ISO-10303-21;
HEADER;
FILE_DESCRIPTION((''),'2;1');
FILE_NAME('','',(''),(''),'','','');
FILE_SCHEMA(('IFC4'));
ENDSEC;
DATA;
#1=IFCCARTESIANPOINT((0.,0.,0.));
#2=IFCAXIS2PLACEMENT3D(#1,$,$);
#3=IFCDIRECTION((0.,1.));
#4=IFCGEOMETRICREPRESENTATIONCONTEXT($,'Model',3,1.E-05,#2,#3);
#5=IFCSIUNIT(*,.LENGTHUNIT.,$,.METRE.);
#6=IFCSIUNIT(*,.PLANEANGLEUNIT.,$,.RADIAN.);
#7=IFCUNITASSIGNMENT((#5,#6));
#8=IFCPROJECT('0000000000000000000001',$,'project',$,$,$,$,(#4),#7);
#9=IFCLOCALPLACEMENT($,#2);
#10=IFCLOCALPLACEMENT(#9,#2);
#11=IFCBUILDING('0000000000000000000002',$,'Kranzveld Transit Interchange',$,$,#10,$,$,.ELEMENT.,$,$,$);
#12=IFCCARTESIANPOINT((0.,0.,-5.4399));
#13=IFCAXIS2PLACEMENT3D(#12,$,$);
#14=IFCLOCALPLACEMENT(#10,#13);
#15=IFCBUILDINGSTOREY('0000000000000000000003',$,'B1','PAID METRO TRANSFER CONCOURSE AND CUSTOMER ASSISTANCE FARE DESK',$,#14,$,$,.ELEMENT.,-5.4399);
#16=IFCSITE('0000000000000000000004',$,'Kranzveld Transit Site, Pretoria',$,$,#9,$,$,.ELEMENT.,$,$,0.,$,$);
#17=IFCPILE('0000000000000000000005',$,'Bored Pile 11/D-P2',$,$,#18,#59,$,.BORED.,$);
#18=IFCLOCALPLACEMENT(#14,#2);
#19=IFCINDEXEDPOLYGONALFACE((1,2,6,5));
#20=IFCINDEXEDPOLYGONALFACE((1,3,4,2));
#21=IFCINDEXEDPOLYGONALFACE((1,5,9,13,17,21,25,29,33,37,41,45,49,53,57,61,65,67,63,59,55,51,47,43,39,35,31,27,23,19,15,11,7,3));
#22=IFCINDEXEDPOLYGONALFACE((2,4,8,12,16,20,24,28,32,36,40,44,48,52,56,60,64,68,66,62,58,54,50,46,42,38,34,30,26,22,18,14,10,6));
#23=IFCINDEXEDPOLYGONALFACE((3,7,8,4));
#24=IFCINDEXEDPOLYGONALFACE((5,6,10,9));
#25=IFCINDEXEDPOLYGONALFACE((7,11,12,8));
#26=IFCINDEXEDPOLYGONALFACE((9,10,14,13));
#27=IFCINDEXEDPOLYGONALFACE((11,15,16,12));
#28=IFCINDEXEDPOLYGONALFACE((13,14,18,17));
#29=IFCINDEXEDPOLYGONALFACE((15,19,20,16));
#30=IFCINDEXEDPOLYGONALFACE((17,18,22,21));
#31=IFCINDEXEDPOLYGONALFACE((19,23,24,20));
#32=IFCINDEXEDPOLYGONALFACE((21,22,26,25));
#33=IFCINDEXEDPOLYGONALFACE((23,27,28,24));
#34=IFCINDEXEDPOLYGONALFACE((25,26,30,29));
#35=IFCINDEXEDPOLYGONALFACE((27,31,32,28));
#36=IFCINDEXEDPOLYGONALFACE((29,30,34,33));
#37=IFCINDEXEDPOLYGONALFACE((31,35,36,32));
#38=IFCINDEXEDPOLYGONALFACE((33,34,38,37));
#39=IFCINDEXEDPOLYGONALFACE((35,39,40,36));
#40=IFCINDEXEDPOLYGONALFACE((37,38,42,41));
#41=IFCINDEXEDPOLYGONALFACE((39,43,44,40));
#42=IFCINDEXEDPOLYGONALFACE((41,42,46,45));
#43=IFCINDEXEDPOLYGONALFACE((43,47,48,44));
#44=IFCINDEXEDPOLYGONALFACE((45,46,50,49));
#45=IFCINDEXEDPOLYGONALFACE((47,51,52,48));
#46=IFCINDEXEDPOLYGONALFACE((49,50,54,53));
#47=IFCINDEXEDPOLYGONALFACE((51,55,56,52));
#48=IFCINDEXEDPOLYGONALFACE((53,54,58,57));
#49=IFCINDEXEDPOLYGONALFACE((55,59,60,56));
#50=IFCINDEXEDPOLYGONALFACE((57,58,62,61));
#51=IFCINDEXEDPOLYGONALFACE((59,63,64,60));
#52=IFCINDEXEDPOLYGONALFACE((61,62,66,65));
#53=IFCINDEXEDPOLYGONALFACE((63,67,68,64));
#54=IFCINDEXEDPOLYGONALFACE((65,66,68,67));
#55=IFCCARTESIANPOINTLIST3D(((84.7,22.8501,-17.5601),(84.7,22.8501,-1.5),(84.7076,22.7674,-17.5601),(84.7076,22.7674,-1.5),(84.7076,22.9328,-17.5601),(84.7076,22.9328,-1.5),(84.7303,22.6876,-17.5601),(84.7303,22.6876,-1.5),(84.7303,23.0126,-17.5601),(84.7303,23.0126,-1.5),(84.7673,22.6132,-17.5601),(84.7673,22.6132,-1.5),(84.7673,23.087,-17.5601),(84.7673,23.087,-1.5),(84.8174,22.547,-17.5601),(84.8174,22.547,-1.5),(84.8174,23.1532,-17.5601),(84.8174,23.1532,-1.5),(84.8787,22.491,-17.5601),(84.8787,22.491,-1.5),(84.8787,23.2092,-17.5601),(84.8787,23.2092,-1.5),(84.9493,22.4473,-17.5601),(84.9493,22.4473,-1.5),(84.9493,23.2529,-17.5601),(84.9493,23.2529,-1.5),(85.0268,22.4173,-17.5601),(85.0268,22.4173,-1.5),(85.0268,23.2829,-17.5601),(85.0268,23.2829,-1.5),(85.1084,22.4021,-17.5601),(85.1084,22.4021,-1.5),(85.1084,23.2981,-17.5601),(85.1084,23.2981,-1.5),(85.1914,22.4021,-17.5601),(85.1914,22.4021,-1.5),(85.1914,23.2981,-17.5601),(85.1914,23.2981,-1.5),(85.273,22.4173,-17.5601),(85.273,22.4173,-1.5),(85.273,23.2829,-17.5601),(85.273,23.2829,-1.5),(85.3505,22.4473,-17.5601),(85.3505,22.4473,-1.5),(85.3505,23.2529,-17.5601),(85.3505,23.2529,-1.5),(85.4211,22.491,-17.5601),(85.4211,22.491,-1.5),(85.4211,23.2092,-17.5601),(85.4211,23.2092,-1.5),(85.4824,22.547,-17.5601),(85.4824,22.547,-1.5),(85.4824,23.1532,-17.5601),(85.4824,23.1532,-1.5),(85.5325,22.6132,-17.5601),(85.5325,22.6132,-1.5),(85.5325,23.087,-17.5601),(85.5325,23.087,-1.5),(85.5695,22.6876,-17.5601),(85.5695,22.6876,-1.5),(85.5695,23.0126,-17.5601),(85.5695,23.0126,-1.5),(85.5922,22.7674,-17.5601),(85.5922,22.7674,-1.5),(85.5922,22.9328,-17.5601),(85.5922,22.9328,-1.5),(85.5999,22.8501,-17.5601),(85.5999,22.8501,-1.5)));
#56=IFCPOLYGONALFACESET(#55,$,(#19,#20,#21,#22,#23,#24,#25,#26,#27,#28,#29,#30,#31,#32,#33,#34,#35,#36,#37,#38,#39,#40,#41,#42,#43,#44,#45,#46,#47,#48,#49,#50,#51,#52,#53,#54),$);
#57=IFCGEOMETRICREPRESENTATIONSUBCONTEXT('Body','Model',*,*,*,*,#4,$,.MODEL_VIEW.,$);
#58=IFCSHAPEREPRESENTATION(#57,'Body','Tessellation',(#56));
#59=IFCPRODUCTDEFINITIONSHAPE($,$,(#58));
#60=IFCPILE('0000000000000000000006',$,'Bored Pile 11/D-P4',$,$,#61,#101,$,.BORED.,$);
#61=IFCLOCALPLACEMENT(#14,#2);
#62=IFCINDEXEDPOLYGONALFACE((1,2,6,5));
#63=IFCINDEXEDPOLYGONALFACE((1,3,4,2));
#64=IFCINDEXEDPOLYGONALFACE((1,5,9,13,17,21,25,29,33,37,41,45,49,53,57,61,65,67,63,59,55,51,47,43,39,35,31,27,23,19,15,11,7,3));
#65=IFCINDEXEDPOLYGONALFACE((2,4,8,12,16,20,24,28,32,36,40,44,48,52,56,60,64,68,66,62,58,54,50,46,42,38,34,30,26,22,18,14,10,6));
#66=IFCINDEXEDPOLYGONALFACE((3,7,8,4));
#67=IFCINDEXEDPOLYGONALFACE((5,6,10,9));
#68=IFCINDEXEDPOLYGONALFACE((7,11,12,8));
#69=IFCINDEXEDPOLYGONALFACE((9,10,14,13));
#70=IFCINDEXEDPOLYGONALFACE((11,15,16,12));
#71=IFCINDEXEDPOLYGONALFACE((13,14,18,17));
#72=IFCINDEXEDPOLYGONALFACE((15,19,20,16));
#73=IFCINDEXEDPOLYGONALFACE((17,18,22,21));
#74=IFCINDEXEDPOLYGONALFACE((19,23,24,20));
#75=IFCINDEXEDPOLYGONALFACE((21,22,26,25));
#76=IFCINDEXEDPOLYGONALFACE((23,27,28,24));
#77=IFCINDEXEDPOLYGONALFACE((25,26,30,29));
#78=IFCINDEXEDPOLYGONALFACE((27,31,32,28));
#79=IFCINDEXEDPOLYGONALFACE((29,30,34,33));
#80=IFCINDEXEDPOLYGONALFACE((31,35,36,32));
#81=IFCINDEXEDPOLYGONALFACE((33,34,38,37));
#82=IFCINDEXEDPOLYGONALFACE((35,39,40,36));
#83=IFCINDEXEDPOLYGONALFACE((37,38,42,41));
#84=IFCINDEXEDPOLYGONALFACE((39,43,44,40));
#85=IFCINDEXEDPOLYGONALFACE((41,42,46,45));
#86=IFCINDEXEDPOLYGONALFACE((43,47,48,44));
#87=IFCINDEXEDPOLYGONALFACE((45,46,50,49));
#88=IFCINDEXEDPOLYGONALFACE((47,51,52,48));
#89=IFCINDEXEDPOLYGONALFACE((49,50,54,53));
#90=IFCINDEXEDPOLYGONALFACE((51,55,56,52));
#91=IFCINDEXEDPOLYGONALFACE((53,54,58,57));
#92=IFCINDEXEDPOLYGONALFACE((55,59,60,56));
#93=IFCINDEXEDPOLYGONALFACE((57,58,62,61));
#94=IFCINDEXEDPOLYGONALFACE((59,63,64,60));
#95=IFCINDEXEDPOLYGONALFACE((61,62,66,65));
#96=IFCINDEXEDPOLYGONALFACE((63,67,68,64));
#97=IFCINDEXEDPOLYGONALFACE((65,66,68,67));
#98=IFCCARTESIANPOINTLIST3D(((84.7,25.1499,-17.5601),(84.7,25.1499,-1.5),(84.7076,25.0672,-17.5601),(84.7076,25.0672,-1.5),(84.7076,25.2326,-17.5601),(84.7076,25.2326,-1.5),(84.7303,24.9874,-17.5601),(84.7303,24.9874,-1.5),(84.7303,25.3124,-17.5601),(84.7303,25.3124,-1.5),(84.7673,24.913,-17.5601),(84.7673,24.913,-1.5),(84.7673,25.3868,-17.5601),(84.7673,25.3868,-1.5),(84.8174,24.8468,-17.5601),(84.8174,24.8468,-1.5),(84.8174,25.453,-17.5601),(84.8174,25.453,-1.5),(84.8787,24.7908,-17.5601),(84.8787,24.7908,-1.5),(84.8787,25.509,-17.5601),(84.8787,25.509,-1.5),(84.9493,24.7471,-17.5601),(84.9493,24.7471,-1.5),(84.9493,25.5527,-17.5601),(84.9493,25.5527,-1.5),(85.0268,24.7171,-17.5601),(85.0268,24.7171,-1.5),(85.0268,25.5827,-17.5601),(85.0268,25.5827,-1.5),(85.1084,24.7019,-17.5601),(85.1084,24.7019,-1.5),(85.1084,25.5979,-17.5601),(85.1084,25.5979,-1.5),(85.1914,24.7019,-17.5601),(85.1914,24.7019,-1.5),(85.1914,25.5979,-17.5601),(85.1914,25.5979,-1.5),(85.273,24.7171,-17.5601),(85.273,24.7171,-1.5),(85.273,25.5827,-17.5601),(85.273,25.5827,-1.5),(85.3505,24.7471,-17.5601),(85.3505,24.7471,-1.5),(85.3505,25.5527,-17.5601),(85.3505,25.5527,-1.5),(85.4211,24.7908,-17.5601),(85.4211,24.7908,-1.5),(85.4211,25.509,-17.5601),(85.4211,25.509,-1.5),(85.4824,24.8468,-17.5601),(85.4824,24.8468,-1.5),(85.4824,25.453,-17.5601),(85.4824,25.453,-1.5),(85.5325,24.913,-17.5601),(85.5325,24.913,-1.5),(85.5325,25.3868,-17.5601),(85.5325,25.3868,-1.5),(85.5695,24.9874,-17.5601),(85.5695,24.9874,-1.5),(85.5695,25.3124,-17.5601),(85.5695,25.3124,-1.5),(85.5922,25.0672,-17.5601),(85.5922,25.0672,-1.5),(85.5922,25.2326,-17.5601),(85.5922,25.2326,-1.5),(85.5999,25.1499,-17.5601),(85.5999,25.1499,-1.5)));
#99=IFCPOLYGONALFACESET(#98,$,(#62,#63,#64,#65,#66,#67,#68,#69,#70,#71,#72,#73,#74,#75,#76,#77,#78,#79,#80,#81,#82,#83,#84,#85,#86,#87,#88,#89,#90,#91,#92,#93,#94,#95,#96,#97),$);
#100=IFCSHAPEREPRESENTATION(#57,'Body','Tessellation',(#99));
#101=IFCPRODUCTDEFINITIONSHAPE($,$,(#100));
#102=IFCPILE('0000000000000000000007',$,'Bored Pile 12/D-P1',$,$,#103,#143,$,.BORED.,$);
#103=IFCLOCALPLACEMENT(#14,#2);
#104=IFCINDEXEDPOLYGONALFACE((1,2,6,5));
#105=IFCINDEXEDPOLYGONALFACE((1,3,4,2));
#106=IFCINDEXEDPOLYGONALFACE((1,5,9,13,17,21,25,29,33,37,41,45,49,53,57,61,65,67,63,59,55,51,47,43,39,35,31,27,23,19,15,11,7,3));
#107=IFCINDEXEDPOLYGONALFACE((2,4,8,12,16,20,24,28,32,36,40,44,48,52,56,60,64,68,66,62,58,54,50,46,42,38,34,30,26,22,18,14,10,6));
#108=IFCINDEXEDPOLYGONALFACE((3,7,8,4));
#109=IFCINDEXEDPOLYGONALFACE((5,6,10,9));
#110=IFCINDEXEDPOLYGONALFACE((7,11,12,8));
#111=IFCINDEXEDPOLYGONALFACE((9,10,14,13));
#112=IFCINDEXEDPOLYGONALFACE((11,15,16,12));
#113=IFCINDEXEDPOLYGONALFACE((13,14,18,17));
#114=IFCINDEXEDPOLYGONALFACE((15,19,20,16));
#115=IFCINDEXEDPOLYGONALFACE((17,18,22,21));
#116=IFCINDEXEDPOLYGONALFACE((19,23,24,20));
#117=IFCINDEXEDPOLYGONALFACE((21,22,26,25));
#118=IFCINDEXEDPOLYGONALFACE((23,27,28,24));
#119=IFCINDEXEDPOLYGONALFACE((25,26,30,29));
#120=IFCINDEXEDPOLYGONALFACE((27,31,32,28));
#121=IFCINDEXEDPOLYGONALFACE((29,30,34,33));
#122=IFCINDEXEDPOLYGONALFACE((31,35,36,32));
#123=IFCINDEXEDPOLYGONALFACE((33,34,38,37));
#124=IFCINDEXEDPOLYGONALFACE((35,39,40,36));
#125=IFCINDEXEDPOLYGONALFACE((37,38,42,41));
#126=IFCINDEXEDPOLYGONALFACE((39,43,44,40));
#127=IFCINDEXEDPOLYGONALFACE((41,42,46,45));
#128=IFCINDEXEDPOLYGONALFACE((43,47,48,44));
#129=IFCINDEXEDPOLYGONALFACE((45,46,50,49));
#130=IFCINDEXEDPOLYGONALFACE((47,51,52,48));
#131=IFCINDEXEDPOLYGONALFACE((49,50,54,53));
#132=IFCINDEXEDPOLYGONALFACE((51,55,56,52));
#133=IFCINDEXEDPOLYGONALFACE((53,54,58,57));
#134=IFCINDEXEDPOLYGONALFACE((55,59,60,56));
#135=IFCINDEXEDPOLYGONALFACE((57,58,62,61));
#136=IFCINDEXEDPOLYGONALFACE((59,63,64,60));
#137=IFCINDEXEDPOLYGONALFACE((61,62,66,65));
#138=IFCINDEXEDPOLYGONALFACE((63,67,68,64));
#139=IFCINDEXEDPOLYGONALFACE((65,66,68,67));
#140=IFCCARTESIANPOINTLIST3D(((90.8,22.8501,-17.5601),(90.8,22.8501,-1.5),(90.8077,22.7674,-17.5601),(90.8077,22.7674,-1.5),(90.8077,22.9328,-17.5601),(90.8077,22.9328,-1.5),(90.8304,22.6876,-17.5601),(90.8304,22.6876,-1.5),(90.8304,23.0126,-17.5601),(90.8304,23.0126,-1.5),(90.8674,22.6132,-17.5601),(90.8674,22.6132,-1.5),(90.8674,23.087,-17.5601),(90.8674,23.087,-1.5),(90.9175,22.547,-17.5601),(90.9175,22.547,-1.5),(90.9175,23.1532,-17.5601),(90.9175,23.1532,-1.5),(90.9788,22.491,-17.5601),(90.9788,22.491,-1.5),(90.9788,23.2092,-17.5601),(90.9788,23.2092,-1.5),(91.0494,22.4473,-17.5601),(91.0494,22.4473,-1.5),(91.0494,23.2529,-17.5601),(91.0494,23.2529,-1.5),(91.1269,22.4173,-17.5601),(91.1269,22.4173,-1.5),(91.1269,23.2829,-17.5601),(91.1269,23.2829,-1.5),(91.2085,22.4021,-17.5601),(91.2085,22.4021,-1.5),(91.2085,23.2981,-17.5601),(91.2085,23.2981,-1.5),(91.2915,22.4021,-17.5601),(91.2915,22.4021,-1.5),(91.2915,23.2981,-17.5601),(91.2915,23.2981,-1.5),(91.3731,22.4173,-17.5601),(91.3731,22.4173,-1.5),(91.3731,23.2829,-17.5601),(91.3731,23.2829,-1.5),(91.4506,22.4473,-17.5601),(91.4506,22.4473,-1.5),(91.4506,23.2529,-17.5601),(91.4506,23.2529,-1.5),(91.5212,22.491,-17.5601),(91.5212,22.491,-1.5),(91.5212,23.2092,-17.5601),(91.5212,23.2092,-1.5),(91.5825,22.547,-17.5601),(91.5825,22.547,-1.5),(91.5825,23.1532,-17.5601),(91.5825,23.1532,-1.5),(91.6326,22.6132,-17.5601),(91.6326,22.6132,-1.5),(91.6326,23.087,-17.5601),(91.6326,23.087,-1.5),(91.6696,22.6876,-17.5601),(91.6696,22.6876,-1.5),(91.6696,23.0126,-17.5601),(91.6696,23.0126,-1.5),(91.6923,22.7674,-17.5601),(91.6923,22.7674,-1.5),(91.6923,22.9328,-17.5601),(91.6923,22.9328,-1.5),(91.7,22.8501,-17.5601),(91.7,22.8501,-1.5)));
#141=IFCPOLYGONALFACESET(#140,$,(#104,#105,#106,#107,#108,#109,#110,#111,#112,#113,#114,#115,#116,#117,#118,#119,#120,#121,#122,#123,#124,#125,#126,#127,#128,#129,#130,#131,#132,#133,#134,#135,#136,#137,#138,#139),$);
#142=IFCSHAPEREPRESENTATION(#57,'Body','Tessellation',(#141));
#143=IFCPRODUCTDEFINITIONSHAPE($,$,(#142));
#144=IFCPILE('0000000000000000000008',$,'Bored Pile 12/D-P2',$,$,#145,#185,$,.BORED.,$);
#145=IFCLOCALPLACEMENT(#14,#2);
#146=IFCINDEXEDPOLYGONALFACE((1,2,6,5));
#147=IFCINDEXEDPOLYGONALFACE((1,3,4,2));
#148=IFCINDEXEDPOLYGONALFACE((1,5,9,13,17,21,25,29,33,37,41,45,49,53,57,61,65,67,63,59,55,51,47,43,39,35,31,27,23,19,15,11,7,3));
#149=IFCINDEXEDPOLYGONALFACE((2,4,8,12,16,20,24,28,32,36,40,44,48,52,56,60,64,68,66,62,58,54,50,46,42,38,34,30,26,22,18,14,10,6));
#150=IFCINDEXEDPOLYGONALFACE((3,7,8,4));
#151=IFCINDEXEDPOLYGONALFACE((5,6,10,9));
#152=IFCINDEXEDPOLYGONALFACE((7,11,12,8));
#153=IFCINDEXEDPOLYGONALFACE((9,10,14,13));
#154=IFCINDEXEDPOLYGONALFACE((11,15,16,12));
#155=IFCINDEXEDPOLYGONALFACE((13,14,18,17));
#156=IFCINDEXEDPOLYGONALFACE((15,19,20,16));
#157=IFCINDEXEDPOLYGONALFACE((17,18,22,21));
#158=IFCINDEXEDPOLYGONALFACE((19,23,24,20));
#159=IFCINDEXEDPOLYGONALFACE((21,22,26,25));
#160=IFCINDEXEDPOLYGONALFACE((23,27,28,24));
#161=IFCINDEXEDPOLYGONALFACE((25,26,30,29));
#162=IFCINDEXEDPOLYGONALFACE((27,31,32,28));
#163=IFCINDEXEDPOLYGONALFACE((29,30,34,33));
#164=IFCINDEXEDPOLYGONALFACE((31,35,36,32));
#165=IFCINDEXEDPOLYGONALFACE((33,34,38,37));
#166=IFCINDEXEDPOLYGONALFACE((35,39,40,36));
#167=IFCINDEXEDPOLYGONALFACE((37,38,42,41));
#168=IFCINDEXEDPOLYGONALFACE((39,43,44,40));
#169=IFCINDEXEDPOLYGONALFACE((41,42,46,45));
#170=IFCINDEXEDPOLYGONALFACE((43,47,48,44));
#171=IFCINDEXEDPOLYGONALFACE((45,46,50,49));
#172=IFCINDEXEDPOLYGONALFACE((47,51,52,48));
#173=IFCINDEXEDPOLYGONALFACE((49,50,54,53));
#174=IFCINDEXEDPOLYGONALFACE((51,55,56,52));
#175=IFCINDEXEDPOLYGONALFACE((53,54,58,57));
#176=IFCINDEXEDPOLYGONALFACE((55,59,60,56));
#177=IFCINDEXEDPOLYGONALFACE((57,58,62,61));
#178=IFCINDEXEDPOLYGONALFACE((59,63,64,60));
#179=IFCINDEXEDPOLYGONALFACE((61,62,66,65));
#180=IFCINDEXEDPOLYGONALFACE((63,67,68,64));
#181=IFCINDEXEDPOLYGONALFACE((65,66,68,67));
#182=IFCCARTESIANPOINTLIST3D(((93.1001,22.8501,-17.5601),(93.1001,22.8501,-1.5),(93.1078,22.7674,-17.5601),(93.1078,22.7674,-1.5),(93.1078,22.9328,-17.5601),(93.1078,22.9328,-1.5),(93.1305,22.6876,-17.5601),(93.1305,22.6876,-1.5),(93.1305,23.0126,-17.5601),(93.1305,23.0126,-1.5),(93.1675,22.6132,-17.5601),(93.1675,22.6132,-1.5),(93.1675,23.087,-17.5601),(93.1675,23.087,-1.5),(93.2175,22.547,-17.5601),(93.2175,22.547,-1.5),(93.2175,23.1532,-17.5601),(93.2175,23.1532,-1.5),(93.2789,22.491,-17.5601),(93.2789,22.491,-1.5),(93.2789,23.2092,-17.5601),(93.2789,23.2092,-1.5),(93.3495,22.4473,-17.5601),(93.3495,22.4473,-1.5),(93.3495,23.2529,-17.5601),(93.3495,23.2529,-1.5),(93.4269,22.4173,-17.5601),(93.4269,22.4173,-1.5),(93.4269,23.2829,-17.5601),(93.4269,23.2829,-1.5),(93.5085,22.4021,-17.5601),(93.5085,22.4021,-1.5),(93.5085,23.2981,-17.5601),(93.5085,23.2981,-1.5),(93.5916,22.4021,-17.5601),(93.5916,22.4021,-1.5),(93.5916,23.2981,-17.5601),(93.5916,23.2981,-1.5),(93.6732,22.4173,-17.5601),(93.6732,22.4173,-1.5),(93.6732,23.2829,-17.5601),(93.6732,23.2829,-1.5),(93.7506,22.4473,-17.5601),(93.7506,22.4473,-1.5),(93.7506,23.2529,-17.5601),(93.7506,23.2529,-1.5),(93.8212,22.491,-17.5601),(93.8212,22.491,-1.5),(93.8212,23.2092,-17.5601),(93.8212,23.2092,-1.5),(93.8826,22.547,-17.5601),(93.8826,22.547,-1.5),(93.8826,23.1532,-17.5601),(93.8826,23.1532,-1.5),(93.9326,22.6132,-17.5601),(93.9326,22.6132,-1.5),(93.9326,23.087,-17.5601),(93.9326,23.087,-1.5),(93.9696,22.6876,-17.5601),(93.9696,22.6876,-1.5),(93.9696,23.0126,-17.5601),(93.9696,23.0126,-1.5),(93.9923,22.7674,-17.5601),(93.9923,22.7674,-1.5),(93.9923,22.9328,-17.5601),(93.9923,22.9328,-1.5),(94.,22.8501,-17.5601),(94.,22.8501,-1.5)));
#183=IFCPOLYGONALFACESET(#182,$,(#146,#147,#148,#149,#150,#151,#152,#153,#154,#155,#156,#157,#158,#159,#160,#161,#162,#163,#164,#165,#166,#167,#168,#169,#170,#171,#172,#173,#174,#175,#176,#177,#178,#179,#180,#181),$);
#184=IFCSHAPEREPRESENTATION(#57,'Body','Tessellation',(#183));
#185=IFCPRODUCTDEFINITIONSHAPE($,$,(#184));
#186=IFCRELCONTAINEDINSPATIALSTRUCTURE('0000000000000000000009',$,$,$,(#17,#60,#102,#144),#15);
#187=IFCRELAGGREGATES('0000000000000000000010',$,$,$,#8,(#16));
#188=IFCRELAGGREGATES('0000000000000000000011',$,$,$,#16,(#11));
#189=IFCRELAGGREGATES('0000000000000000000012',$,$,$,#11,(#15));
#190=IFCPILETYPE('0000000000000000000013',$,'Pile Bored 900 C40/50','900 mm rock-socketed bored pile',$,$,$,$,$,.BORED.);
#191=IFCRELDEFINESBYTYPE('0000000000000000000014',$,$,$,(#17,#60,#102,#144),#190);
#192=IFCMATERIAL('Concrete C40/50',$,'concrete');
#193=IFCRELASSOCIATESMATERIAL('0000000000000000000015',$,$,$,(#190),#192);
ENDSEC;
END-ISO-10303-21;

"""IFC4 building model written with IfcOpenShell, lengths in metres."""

from ifc_helpers import new_model, si_unit, direction, frame, origin, origin_2d, place, context, subcontext, project, spatial, circle, extrude, material, material_profile, profile_set, type_object, element, save


model = new_model("IFC4")

# Units and contexts
model_context = context("Model", 3, precision=1e-05, world=origin(), true_north=direction((0.0, 1.0)))
body_context = subcontext(model_context, "Body", "Model", "MODEL_VIEW")
ifc_project = project(units=[si_unit("LENGTHUNIT", "METRE"), si_unit("PLANEANGLEUNIT", "RADIAN")], contexts=[model_context])

# Site, building, storey
site_placement = place(None, origin())
site = spatial("IfcSite", under=ifc_project, at=site_placement, Name="Kranzveld Transit Site, Pretoria", CompositionType="ELEMENT", RefElevation=0.0)
building_placement = place(site_placement, origin())
building = spatial("IfcBuilding", under=site, at=building_placement, Name="Kranzveld Transit Interchange", CompositionType="ELEMENT")
storey_placement = place(building_placement, frame((0.0, 0.0, -5.4399)))
storey = spatial("IfcBuildingStorey", under=building, at=storey_placement, Name="B1", Description="PAID METRO TRANSFER CONCOURSE AND CUSTOMER ASSISTANCE FARE DESK", CompositionType="ELEMENT", Elevation=-5.4399)

# Piles
ifc_material_1 = material(Name="Concrete C40/50", Category="concrete")
ifc_material_profile_1 = material_profile(ifc_material_1, circle(Radius=0.45, at=origin_2d()), Name="BORED PILE 900")
ifc_profile_set_1 = profile_set([ifc_material_profile_1], Name="Concrete C40/50")
pile_type = type_object("IfcPileType", Name="Pile Bored 900 C40/50", Description="900 mm rock-socketed bored pile", PredefinedType="BORED", material=ifc_profile_set_1)
for number, where, z_axis, x_axis, name in (
    (1, (85.1499, 22.8501, -1.5), (0.0, 0.0, -1.0), (1.0, 0.0, 0.0), "Bored Pile 11/D-P2"),
    (2, (85.1499, 25.1499, -1.5), (0.0, 0.0, -1.0), (1.0, 0.0, 0.0), "Bored Pile 11/D-P4"),
    (3, (91.25, 22.8501, -1.5), (0.0, 0.0, -1.0), (1.0, 0.0, 0.0), "Bored Pile 12/D-P1"),
    (4, (93.55, 22.8501, -1.5), (0.0, 0.0, -1.0), (1.0, 0.0, 0.0), "Bored Pile 12/D-P2"),
):
    element("IfcPile", number, at=place(storey_placement, frame(where, z_axis=z_axis, x_axis=x_axis)), inside=storey, type_object=pile_type, Name=name, PredefinedType="BORED", context=body_context, shape_type="SweptSolid", body=[
        extrude(circle(Radius=0.45, at=origin_2d()), origin(), (0.0, 0.0, 1.0), 16.0601),
    ])

save(model, "model.ifc")
